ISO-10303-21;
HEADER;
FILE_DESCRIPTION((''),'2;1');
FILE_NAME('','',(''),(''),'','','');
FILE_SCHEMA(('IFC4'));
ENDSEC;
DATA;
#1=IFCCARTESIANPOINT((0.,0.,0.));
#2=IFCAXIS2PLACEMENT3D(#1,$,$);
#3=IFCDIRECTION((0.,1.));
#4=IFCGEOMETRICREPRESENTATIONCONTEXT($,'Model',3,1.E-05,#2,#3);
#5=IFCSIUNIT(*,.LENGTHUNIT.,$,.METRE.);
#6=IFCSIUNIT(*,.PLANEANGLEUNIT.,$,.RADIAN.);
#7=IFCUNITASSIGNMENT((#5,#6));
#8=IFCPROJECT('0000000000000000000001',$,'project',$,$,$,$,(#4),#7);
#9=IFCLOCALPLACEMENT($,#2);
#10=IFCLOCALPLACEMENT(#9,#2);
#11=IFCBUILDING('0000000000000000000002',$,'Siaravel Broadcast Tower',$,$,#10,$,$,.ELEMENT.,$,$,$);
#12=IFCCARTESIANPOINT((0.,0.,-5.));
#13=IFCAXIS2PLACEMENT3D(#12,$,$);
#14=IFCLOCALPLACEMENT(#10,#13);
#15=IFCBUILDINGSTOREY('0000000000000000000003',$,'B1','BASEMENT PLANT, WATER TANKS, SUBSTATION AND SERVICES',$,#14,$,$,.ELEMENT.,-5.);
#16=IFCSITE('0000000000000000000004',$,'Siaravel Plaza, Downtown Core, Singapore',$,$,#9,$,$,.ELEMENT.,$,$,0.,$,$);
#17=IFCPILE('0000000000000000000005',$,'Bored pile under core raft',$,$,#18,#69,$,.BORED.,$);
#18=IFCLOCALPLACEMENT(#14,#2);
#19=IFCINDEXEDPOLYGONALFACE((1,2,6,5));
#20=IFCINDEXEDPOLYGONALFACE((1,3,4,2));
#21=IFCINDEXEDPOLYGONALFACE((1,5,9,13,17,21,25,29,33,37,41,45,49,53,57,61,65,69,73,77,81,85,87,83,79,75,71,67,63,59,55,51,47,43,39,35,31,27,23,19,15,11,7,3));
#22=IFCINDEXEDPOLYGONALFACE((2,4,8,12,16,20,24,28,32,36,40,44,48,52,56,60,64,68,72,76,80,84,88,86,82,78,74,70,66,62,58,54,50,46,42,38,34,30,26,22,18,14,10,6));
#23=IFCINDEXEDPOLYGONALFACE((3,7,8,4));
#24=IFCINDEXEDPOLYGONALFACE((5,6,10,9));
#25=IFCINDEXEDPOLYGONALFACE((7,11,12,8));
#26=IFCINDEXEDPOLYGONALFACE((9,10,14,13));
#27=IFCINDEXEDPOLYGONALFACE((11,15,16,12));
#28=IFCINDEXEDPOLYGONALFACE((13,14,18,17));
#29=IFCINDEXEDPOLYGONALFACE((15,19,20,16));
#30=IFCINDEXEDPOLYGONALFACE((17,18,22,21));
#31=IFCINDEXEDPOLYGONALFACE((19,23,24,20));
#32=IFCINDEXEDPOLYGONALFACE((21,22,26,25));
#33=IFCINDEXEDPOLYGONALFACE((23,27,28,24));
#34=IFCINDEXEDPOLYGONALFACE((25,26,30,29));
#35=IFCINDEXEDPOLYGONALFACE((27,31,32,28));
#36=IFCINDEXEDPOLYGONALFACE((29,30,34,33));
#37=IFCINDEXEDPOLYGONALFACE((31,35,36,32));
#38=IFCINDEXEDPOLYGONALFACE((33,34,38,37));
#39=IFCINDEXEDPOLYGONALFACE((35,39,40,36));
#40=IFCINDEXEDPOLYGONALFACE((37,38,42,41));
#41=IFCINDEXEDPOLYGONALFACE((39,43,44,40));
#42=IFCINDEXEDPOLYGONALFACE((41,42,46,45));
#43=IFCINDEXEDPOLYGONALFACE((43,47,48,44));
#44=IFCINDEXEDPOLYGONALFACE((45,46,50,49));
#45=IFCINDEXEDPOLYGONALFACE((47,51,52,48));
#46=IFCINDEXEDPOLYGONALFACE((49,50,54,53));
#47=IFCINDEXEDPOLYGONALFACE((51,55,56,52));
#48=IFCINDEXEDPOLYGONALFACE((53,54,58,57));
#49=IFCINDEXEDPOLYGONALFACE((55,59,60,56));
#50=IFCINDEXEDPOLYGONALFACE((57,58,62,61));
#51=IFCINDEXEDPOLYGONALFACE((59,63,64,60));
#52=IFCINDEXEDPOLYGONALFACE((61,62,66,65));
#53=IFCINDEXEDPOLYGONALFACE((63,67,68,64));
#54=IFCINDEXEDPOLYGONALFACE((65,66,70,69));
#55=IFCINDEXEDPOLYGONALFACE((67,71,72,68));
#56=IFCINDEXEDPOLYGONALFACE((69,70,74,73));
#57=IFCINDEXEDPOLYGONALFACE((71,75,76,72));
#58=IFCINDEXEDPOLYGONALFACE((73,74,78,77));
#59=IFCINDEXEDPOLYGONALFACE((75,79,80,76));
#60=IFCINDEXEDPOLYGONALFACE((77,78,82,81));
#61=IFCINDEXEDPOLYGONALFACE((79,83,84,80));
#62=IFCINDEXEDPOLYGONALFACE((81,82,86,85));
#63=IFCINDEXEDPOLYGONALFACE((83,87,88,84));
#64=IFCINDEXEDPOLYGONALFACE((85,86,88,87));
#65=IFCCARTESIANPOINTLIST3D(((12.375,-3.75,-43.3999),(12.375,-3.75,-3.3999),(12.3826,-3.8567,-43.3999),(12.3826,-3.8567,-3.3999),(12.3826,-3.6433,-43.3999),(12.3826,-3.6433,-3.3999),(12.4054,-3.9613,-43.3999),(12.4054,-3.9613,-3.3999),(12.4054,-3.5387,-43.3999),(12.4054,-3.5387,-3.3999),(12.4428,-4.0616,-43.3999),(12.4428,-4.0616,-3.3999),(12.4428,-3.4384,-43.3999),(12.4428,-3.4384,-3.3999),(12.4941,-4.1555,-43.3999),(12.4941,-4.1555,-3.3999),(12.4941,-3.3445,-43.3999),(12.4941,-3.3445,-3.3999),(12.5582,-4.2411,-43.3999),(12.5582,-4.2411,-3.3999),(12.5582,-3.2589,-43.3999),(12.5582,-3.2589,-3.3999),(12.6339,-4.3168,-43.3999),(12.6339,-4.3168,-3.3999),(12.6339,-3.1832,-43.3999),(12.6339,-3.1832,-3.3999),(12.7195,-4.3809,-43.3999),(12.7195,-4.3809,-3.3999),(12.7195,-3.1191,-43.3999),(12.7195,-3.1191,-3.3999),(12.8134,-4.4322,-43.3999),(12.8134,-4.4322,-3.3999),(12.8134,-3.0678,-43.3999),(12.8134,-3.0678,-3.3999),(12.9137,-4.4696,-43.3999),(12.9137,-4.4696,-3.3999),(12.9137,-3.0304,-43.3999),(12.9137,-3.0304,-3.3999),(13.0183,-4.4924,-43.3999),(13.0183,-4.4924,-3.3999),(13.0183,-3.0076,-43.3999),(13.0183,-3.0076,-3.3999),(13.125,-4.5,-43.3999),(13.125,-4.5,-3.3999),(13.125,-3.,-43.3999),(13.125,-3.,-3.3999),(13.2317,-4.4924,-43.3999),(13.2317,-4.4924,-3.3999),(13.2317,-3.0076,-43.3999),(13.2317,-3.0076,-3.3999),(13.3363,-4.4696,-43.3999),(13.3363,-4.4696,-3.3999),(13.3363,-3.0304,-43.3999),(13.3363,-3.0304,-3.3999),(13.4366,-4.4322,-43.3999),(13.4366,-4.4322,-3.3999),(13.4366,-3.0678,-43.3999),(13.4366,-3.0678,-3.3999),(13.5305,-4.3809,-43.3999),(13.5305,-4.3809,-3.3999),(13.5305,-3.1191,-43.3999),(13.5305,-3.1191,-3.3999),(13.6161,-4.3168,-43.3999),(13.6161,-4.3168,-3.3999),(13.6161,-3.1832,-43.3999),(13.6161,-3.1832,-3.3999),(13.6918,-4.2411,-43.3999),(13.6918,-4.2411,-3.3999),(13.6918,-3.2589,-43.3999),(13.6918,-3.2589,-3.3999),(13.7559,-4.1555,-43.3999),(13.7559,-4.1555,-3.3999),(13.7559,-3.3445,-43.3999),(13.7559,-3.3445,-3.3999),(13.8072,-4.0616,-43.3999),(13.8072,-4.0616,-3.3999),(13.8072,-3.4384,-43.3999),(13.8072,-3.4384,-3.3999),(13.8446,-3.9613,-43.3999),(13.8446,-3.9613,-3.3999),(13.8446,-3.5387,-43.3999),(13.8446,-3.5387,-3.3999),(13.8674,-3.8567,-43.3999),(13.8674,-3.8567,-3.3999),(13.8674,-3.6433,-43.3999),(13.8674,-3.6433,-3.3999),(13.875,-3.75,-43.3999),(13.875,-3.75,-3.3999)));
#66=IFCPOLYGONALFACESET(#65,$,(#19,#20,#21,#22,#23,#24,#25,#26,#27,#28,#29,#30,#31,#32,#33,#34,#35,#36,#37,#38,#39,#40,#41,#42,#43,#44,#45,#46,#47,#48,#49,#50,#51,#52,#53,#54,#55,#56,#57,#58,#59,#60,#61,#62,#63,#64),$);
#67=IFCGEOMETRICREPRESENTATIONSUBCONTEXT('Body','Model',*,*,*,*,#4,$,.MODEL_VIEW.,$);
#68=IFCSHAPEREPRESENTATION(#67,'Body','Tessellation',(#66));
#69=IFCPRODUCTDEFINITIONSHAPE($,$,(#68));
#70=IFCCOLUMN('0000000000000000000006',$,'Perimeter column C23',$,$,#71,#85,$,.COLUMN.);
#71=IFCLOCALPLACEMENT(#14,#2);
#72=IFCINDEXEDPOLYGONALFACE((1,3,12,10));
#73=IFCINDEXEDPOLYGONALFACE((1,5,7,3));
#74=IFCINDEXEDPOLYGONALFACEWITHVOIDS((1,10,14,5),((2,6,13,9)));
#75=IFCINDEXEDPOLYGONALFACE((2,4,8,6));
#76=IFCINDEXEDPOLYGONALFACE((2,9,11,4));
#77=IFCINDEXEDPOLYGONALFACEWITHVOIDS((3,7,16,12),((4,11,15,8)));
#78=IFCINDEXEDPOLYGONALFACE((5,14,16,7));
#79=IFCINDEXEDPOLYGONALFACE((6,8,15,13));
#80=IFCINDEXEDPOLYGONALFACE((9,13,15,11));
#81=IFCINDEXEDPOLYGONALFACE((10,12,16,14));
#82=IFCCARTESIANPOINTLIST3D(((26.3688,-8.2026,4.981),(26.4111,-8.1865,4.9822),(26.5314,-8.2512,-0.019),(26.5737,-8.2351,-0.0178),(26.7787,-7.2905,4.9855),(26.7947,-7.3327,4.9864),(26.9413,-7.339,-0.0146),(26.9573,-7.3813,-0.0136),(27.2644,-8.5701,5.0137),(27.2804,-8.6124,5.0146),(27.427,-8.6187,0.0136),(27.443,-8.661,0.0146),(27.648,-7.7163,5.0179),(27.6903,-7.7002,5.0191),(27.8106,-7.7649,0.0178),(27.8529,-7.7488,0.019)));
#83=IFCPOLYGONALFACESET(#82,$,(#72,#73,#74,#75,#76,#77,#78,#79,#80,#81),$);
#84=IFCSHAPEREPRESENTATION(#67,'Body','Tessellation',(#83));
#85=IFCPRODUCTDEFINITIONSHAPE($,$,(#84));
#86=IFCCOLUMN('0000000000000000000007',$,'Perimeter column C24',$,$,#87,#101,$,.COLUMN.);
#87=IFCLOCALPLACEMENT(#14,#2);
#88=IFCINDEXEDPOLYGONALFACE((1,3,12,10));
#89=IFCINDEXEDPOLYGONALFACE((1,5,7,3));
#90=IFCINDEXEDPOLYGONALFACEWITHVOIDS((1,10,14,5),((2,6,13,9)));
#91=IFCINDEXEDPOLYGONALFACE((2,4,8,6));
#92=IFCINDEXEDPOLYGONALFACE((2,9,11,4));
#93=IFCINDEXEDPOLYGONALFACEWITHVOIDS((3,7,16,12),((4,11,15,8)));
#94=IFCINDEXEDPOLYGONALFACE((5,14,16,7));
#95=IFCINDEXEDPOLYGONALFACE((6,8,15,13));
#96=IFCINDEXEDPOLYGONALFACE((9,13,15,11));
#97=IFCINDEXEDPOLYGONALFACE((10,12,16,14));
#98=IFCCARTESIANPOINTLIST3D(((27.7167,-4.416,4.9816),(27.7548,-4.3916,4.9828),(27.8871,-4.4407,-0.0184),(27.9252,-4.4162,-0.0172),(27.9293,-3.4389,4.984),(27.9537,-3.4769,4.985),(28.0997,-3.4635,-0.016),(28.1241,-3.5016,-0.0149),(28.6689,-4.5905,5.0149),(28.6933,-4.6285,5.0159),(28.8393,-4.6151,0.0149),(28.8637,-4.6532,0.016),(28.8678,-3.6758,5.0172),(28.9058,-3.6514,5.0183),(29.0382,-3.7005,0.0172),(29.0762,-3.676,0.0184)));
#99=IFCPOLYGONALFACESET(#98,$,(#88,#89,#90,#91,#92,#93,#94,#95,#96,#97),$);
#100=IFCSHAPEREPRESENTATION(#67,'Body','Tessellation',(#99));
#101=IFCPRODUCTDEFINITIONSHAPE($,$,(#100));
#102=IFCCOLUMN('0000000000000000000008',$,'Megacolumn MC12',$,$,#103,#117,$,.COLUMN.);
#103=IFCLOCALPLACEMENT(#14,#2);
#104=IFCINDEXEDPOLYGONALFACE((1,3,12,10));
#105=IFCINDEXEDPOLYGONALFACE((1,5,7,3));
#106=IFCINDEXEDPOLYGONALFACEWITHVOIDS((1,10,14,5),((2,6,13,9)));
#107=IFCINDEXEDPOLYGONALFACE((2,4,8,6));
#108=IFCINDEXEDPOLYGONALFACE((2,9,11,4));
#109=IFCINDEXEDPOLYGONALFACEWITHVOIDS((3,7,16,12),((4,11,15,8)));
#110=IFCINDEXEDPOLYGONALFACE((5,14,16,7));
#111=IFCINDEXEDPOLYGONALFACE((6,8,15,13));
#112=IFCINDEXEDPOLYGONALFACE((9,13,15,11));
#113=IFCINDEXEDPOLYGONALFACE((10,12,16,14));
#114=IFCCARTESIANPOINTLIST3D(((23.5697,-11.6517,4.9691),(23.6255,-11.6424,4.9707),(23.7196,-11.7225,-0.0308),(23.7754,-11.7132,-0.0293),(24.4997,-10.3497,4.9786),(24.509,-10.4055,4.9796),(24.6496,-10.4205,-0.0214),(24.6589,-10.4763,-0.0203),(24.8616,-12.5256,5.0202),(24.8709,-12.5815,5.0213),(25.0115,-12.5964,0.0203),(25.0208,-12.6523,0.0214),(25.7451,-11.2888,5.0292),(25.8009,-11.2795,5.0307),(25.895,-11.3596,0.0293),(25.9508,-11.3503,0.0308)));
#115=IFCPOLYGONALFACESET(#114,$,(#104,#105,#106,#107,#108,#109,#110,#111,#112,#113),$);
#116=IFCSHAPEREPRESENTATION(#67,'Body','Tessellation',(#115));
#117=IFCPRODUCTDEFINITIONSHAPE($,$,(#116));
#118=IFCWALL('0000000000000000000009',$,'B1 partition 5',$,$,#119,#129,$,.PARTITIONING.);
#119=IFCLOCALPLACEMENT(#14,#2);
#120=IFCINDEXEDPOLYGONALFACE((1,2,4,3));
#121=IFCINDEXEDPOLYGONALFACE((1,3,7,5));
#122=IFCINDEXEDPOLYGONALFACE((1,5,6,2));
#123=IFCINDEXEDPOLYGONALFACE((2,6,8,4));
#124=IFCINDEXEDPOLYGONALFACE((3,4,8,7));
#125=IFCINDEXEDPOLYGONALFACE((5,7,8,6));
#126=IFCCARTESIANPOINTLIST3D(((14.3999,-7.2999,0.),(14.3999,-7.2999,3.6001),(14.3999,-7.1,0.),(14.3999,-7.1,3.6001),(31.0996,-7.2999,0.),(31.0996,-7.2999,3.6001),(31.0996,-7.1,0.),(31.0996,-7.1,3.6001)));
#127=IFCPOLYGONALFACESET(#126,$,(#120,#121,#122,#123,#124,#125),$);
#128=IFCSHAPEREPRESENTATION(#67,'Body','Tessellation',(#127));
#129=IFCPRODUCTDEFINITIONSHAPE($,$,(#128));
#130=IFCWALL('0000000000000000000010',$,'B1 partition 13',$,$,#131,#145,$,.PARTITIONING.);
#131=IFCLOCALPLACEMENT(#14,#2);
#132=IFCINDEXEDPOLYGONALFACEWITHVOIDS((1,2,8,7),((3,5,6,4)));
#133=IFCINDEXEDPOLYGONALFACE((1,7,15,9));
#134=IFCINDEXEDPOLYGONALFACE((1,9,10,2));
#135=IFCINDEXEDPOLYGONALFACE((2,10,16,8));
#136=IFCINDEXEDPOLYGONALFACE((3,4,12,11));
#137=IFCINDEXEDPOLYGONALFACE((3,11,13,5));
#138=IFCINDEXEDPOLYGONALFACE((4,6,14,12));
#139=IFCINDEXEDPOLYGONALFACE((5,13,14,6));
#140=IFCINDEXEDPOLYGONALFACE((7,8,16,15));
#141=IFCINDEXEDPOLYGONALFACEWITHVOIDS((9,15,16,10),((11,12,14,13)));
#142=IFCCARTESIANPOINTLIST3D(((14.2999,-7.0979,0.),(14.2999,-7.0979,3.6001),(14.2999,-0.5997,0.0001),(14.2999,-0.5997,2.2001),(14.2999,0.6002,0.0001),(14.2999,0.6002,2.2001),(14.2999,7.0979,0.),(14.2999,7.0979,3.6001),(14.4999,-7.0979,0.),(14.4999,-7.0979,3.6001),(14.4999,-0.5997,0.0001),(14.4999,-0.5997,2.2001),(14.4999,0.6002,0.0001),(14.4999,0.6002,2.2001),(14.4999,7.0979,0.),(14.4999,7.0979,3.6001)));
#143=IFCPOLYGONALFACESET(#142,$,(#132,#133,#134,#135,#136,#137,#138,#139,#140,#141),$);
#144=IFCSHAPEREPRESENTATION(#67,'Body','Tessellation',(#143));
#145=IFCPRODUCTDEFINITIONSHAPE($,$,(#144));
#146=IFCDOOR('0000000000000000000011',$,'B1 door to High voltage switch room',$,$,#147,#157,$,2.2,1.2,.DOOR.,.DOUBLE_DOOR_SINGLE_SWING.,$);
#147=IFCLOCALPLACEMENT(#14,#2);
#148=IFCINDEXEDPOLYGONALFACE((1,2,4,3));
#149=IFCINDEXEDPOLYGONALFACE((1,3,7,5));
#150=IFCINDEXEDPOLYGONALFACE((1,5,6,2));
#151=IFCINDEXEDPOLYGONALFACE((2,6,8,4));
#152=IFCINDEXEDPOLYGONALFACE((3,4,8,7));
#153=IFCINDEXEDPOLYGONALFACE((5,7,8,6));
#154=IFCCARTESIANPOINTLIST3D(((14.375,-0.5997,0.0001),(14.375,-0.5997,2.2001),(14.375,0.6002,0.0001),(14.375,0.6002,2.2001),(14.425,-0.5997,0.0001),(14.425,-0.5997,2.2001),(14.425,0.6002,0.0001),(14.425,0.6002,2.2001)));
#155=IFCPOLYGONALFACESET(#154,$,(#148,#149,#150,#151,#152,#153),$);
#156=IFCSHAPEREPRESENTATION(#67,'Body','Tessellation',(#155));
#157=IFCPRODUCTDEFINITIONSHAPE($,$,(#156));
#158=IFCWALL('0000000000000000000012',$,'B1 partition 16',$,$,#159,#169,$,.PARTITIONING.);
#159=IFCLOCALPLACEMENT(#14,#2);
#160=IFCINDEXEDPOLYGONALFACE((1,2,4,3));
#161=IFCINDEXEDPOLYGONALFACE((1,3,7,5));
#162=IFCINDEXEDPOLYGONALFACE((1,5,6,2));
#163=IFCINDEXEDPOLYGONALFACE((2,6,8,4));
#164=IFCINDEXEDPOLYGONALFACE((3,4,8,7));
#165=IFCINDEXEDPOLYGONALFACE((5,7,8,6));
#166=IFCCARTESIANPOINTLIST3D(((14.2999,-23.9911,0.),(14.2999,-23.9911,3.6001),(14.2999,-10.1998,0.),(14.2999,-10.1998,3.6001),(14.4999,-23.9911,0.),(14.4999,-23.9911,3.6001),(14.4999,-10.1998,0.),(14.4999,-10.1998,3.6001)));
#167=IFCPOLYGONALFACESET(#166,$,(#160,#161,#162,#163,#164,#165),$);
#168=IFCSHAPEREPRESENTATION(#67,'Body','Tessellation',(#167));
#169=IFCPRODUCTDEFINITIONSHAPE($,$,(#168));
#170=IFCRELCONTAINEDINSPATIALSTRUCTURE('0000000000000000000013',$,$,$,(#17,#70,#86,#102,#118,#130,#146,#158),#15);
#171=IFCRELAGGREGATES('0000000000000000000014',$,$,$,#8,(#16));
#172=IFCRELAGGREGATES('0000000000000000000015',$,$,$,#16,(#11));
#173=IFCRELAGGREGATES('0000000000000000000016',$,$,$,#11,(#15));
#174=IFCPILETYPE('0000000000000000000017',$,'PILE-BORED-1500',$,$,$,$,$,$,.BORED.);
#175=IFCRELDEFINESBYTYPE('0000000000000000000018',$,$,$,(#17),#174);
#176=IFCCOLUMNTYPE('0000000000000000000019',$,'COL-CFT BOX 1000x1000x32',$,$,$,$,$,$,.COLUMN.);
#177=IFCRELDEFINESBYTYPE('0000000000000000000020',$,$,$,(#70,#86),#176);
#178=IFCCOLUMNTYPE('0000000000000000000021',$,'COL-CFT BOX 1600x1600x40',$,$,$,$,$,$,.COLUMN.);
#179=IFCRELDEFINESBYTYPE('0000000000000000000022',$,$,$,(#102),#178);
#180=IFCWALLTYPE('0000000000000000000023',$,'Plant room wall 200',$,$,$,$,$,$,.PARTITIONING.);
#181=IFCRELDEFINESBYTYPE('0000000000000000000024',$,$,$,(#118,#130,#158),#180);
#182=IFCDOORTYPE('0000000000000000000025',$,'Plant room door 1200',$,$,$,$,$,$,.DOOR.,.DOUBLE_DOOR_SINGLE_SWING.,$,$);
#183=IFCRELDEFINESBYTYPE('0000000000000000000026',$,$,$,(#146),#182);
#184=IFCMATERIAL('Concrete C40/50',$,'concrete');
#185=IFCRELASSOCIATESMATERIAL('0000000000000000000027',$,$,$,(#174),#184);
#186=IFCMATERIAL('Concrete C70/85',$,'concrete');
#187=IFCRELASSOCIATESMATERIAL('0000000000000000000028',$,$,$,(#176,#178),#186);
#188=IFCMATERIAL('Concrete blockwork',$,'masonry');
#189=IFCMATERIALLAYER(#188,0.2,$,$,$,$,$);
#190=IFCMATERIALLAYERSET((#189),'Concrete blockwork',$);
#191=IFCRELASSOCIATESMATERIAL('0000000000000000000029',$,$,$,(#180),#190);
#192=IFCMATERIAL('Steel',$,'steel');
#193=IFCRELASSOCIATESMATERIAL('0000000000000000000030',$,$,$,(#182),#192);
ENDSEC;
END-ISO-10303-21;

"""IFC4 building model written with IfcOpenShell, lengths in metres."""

from ifc_helpers import new_model, si_unit, direction, frame, frame_2d, origin, origin_2d, place, context, subcontext, project, spatial, rectangle, hollow_rectangle, circle, extrude, material, layer, layer_set, material_profile, profile_set, type_object, element, fill, save


model = new_model("IFC4")

# Units and contexts
model_context = context("Model", 3, precision=1e-05, world=origin(), true_north=direction((0.0, 1.0)))
body_context = subcontext(model_context, "Body", "Model", "MODEL_VIEW")
ifc_project = project(units=[si_unit("LENGTHUNIT", "METRE"), si_unit("PLANEANGLEUNIT", "RADIAN")], contexts=[model_context])

# Site, building, storey
site_placement = place(None, origin())
site = spatial("IfcSite", under=ifc_project, at=site_placement, Name="Siaravel Plaza, Downtown Core, Singapore", CompositionType="ELEMENT", RefElevation=0.0)
building_placement = place(site_placement, origin())
building = spatial("IfcBuilding", under=site, at=building_placement, Name="Siaravel Broadcast Tower", CompositionType="ELEMENT")
storey_placement = place(building_placement, frame((0.0, 0.0, -5.0)))
storey = spatial("IfcBuildingStorey", under=building, at=storey_placement, Name="B1", Description="BASEMENT PLANT, WATER TANKS, SUBSTATION AND SERVICES", CompositionType="ELEMENT", Elevation=-5.0)

# Shared definitions
ifc_material_1 = material(Name="Concrete C40/50", Category="concrete")

# Pile
ifc_material_profile_1 = material_profile(ifc_material_1, circle(Radius=0.75, at=origin_2d()))
ifc_profile_set_1 = profile_set([ifc_material_profile_1], Name="Concrete C40/50")
pile_type_1 = type_object("IfcPileType", Name="PILE-BORED-1500", PredefinedType="BORED", material=ifc_profile_set_1)
for number, where, z_axis, x_axis, name in (
    (1, (13.125, -3.75, -3.3999), (0.0, 0.0, -1.0), (1.0, 0.0, 0.0), "Bored pile under core raft"),
):
    element("IfcPile", number, at=place(storey_placement, frame(where, z_axis=z_axis, x_axis=x_axis)), inside=storey, type_object=pile_type_1, Name=name, PredefinedType="BORED", context=body_context, shape_type="SweptSolid", body=[
        extrude(circle(Radius=0.75, at=origin_2d()), origin(), (0.0, 0.0, 1.0), 40.0),
    ])

# Columns
ifc_material_2 = material(Name="Concrete C70/85", Category="concrete")
ifc_material_profile_2 = material_profile(ifc_material_2, hollow_rectangle(XDim=1.0, YDim=1.0, WallThickness=0.032, at=origin_2d()))
ifc_profile_set_2 = profile_set([ifc_material_profile_2], Name="Concrete C70/85")
column_type_1 = type_object("IfcColumnType", Name="COL-CFT BOX 1000x1000x32", PredefinedType="COLUMN", material=ifc_profile_set_2)
for number, where, z_axis, x_axis, name in (
    (2, (27.1921, -8.0, 0.0), (-0.032501, 0.009711, 0.999425), (-0.409852, -0.912141, -0.004465), "Perimeter column C23"),
    (3, (28.4817, -4.0583, 0.0), (-0.034062, 0.004929, 0.999408), (-0.21252, -0.977154, -0.002424), "Perimeter column C24"),
):
    element("IfcColumn", number, at=place(storey_placement, frame(where, z_axis=z_axis, x_axis=x_axis)), inside=storey, type_object=column_type_1, Name=name, PredefinedType="COLUMN", context=body_context, shape_type="SweptSolid", body=[
        extrude(hollow_rectangle(XDim=1.0, YDim=1.0, WallThickness=0.032, at=origin_2d()), origin(), (0.0, 0.0, 1.0), 5.0029),
    ])
ifc_material_profile_3 = material_profile(ifc_material_2, hollow_rectangle(XDim=1.6001, YDim=1.6001, WallThickness=0.04, at=origin_2d()))
ifc_profile_set_3 = profile_set([ifc_material_profile_3], Name="Concrete C70/85")
column_type_2 = type_object("IfcColumnType", Name="COL-CFT BOX 1600x1600x40", PredefinedType="COLUMN", material=ifc_profile_set_3)
column_placement = place(storey_placement, frame((24.8352, -11.5364, 0.0), z_axis=(-0.029964, 0.014152, 0.999451), x_axis=(-0.581239, -0.813712, -0.005904)))
element("IfcColumn", 4, at=column_placement, inside=storey, type_object=column_type_2, Name="Megacolumn MC12", PredefinedType="COLUMN", context=body_context, shape_type="SweptSolid", body=[
    extrude(hollow_rectangle(XDim=1.6001, YDim=1.6001, WallThickness=0.04, at=origin_2d()), origin(), (0.0, 0.0, 1.0), 5.0027),
])

# Wall
ifc_material_3 = material(Name="Concrete blockwork", Category="masonry")
ifc_layer = layer(ifc_material_3, 0.2)
ifc_layer_set = layer_set([ifc_layer], Name="Concrete blockwork")
wall_type = type_object("IfcWallType", Name="Plant room wall 200", PredefinedType="PARTITIONING", material=ifc_layer_set)
wall_1_placement = place(storey_placement, frame((31.0996, -7.2, 0.0), z_axis=(0.0, 0.0, 1.0), x_axis=(-1.0, 0.0, 0.0)))
element("IfcWall", 5, at=wall_1_placement, inside=storey, type_object=wall_type, Name="B1 partition 5", PredefinedType="PARTITIONING", context=body_context, shape_type="SweptSolid", body=[
    extrude(rectangle(XDim=16.6997, YDim=0.2, at=frame_2d((8.3499, 0.0))), origin(), (0.0, 0.0, 1.0), 3.6001),
])

# Wall, opening, door
wall_2_placement = place(storey_placement, frame((14.3999, -7.0979, 0.0), z_axis=(0.0, 0.0, 1.0), x_axis=(0.0, 1.0, 0.0)))
wall_2 = element("IfcWall", 6, at=wall_2_placement, inside=storey, type_object=wall_type, Name="B1 partition 13", PredefinedType="PARTITIONING", context=body_context, shape_type="SweptSolid", body=[
    extrude(rectangle(XDim=14.1958, YDim=0.2, at=frame_2d((7.0979, 0.0))), origin(), (0.0, 0.0, 1.0), 3.6001),
])
opening_1_placement = place(wall_2_placement, frame((6.498, 0.0, 0.0)))
opening_1 = element("IfcOpeningElement", 7, at=opening_1_placement, cuts=wall_2, PredefinedType="OPENING", context=body_context, shape_type="SweptSolid", body=[
    extrude(rectangle(XDim=1.2, YDim=2.2, at=frame_2d((0.6001, 1.1001))), frame((0.0, 0.1099, 0.0), z_axis=(0.0, -1.0, 0.0), x_axis=(1.0, 0.0, 0.0)), (0.0, 0.0, 1.0), 0.22),
])
ifc_material_4 = material(Name="Steel", Category="steel")
door_type = type_object("IfcDoorType", Name="Plant room door 1200", OperationType="DOUBLE_DOOR_SINGLE_SWING", PredefinedType="DOOR", material=ifc_material_4)
door_1_placement = place(opening_1_placement, origin())
door_1 = element("IfcDoor", 8, at=door_1_placement, inside=storey, type_object=door_type, Name="B1 door to High voltage switch room", OperationType="DOUBLE_DOOR_SINGLE_SWING", OverallHeight=2.2, OverallWidth=1.2, PredefinedType="DOOR", context=body_context, shape_type="SweptSolid", body=[
    extrude(rectangle(XDim=1.2, YDim=2.2, at=frame_2d((0.6001, 1.1001))), frame((0.0, 0.0249, 0.0), z_axis=(0.0, -1.0, 0.0), x_axis=(1.0, 0.0, 0.0)), (0.0, 0.0, 1.0), 0.05),
])
fill(opening_1, door_1)

# Wall
wall_3_placement = place(storey_placement, frame((14.3999, -10.2, 0.0), z_axis=(0.0, 0.0, 1.0), x_axis=(0.0, -1.0, 0.0)))
element("IfcWall", 9, at=wall_3_placement, inside=storey, type_object=wall_type, Name="B1 partition 16", PredefinedType="PARTITIONING", context=body_context, shape_type="SweptSolid", body=[
    extrude(rectangle(XDim=13.7913, YDim=0.2, at=frame_2d((6.8955, 0.0))), origin(), (0.0, 0.0, 1.0), 3.6001),
])

save(model, "model.ifc")
